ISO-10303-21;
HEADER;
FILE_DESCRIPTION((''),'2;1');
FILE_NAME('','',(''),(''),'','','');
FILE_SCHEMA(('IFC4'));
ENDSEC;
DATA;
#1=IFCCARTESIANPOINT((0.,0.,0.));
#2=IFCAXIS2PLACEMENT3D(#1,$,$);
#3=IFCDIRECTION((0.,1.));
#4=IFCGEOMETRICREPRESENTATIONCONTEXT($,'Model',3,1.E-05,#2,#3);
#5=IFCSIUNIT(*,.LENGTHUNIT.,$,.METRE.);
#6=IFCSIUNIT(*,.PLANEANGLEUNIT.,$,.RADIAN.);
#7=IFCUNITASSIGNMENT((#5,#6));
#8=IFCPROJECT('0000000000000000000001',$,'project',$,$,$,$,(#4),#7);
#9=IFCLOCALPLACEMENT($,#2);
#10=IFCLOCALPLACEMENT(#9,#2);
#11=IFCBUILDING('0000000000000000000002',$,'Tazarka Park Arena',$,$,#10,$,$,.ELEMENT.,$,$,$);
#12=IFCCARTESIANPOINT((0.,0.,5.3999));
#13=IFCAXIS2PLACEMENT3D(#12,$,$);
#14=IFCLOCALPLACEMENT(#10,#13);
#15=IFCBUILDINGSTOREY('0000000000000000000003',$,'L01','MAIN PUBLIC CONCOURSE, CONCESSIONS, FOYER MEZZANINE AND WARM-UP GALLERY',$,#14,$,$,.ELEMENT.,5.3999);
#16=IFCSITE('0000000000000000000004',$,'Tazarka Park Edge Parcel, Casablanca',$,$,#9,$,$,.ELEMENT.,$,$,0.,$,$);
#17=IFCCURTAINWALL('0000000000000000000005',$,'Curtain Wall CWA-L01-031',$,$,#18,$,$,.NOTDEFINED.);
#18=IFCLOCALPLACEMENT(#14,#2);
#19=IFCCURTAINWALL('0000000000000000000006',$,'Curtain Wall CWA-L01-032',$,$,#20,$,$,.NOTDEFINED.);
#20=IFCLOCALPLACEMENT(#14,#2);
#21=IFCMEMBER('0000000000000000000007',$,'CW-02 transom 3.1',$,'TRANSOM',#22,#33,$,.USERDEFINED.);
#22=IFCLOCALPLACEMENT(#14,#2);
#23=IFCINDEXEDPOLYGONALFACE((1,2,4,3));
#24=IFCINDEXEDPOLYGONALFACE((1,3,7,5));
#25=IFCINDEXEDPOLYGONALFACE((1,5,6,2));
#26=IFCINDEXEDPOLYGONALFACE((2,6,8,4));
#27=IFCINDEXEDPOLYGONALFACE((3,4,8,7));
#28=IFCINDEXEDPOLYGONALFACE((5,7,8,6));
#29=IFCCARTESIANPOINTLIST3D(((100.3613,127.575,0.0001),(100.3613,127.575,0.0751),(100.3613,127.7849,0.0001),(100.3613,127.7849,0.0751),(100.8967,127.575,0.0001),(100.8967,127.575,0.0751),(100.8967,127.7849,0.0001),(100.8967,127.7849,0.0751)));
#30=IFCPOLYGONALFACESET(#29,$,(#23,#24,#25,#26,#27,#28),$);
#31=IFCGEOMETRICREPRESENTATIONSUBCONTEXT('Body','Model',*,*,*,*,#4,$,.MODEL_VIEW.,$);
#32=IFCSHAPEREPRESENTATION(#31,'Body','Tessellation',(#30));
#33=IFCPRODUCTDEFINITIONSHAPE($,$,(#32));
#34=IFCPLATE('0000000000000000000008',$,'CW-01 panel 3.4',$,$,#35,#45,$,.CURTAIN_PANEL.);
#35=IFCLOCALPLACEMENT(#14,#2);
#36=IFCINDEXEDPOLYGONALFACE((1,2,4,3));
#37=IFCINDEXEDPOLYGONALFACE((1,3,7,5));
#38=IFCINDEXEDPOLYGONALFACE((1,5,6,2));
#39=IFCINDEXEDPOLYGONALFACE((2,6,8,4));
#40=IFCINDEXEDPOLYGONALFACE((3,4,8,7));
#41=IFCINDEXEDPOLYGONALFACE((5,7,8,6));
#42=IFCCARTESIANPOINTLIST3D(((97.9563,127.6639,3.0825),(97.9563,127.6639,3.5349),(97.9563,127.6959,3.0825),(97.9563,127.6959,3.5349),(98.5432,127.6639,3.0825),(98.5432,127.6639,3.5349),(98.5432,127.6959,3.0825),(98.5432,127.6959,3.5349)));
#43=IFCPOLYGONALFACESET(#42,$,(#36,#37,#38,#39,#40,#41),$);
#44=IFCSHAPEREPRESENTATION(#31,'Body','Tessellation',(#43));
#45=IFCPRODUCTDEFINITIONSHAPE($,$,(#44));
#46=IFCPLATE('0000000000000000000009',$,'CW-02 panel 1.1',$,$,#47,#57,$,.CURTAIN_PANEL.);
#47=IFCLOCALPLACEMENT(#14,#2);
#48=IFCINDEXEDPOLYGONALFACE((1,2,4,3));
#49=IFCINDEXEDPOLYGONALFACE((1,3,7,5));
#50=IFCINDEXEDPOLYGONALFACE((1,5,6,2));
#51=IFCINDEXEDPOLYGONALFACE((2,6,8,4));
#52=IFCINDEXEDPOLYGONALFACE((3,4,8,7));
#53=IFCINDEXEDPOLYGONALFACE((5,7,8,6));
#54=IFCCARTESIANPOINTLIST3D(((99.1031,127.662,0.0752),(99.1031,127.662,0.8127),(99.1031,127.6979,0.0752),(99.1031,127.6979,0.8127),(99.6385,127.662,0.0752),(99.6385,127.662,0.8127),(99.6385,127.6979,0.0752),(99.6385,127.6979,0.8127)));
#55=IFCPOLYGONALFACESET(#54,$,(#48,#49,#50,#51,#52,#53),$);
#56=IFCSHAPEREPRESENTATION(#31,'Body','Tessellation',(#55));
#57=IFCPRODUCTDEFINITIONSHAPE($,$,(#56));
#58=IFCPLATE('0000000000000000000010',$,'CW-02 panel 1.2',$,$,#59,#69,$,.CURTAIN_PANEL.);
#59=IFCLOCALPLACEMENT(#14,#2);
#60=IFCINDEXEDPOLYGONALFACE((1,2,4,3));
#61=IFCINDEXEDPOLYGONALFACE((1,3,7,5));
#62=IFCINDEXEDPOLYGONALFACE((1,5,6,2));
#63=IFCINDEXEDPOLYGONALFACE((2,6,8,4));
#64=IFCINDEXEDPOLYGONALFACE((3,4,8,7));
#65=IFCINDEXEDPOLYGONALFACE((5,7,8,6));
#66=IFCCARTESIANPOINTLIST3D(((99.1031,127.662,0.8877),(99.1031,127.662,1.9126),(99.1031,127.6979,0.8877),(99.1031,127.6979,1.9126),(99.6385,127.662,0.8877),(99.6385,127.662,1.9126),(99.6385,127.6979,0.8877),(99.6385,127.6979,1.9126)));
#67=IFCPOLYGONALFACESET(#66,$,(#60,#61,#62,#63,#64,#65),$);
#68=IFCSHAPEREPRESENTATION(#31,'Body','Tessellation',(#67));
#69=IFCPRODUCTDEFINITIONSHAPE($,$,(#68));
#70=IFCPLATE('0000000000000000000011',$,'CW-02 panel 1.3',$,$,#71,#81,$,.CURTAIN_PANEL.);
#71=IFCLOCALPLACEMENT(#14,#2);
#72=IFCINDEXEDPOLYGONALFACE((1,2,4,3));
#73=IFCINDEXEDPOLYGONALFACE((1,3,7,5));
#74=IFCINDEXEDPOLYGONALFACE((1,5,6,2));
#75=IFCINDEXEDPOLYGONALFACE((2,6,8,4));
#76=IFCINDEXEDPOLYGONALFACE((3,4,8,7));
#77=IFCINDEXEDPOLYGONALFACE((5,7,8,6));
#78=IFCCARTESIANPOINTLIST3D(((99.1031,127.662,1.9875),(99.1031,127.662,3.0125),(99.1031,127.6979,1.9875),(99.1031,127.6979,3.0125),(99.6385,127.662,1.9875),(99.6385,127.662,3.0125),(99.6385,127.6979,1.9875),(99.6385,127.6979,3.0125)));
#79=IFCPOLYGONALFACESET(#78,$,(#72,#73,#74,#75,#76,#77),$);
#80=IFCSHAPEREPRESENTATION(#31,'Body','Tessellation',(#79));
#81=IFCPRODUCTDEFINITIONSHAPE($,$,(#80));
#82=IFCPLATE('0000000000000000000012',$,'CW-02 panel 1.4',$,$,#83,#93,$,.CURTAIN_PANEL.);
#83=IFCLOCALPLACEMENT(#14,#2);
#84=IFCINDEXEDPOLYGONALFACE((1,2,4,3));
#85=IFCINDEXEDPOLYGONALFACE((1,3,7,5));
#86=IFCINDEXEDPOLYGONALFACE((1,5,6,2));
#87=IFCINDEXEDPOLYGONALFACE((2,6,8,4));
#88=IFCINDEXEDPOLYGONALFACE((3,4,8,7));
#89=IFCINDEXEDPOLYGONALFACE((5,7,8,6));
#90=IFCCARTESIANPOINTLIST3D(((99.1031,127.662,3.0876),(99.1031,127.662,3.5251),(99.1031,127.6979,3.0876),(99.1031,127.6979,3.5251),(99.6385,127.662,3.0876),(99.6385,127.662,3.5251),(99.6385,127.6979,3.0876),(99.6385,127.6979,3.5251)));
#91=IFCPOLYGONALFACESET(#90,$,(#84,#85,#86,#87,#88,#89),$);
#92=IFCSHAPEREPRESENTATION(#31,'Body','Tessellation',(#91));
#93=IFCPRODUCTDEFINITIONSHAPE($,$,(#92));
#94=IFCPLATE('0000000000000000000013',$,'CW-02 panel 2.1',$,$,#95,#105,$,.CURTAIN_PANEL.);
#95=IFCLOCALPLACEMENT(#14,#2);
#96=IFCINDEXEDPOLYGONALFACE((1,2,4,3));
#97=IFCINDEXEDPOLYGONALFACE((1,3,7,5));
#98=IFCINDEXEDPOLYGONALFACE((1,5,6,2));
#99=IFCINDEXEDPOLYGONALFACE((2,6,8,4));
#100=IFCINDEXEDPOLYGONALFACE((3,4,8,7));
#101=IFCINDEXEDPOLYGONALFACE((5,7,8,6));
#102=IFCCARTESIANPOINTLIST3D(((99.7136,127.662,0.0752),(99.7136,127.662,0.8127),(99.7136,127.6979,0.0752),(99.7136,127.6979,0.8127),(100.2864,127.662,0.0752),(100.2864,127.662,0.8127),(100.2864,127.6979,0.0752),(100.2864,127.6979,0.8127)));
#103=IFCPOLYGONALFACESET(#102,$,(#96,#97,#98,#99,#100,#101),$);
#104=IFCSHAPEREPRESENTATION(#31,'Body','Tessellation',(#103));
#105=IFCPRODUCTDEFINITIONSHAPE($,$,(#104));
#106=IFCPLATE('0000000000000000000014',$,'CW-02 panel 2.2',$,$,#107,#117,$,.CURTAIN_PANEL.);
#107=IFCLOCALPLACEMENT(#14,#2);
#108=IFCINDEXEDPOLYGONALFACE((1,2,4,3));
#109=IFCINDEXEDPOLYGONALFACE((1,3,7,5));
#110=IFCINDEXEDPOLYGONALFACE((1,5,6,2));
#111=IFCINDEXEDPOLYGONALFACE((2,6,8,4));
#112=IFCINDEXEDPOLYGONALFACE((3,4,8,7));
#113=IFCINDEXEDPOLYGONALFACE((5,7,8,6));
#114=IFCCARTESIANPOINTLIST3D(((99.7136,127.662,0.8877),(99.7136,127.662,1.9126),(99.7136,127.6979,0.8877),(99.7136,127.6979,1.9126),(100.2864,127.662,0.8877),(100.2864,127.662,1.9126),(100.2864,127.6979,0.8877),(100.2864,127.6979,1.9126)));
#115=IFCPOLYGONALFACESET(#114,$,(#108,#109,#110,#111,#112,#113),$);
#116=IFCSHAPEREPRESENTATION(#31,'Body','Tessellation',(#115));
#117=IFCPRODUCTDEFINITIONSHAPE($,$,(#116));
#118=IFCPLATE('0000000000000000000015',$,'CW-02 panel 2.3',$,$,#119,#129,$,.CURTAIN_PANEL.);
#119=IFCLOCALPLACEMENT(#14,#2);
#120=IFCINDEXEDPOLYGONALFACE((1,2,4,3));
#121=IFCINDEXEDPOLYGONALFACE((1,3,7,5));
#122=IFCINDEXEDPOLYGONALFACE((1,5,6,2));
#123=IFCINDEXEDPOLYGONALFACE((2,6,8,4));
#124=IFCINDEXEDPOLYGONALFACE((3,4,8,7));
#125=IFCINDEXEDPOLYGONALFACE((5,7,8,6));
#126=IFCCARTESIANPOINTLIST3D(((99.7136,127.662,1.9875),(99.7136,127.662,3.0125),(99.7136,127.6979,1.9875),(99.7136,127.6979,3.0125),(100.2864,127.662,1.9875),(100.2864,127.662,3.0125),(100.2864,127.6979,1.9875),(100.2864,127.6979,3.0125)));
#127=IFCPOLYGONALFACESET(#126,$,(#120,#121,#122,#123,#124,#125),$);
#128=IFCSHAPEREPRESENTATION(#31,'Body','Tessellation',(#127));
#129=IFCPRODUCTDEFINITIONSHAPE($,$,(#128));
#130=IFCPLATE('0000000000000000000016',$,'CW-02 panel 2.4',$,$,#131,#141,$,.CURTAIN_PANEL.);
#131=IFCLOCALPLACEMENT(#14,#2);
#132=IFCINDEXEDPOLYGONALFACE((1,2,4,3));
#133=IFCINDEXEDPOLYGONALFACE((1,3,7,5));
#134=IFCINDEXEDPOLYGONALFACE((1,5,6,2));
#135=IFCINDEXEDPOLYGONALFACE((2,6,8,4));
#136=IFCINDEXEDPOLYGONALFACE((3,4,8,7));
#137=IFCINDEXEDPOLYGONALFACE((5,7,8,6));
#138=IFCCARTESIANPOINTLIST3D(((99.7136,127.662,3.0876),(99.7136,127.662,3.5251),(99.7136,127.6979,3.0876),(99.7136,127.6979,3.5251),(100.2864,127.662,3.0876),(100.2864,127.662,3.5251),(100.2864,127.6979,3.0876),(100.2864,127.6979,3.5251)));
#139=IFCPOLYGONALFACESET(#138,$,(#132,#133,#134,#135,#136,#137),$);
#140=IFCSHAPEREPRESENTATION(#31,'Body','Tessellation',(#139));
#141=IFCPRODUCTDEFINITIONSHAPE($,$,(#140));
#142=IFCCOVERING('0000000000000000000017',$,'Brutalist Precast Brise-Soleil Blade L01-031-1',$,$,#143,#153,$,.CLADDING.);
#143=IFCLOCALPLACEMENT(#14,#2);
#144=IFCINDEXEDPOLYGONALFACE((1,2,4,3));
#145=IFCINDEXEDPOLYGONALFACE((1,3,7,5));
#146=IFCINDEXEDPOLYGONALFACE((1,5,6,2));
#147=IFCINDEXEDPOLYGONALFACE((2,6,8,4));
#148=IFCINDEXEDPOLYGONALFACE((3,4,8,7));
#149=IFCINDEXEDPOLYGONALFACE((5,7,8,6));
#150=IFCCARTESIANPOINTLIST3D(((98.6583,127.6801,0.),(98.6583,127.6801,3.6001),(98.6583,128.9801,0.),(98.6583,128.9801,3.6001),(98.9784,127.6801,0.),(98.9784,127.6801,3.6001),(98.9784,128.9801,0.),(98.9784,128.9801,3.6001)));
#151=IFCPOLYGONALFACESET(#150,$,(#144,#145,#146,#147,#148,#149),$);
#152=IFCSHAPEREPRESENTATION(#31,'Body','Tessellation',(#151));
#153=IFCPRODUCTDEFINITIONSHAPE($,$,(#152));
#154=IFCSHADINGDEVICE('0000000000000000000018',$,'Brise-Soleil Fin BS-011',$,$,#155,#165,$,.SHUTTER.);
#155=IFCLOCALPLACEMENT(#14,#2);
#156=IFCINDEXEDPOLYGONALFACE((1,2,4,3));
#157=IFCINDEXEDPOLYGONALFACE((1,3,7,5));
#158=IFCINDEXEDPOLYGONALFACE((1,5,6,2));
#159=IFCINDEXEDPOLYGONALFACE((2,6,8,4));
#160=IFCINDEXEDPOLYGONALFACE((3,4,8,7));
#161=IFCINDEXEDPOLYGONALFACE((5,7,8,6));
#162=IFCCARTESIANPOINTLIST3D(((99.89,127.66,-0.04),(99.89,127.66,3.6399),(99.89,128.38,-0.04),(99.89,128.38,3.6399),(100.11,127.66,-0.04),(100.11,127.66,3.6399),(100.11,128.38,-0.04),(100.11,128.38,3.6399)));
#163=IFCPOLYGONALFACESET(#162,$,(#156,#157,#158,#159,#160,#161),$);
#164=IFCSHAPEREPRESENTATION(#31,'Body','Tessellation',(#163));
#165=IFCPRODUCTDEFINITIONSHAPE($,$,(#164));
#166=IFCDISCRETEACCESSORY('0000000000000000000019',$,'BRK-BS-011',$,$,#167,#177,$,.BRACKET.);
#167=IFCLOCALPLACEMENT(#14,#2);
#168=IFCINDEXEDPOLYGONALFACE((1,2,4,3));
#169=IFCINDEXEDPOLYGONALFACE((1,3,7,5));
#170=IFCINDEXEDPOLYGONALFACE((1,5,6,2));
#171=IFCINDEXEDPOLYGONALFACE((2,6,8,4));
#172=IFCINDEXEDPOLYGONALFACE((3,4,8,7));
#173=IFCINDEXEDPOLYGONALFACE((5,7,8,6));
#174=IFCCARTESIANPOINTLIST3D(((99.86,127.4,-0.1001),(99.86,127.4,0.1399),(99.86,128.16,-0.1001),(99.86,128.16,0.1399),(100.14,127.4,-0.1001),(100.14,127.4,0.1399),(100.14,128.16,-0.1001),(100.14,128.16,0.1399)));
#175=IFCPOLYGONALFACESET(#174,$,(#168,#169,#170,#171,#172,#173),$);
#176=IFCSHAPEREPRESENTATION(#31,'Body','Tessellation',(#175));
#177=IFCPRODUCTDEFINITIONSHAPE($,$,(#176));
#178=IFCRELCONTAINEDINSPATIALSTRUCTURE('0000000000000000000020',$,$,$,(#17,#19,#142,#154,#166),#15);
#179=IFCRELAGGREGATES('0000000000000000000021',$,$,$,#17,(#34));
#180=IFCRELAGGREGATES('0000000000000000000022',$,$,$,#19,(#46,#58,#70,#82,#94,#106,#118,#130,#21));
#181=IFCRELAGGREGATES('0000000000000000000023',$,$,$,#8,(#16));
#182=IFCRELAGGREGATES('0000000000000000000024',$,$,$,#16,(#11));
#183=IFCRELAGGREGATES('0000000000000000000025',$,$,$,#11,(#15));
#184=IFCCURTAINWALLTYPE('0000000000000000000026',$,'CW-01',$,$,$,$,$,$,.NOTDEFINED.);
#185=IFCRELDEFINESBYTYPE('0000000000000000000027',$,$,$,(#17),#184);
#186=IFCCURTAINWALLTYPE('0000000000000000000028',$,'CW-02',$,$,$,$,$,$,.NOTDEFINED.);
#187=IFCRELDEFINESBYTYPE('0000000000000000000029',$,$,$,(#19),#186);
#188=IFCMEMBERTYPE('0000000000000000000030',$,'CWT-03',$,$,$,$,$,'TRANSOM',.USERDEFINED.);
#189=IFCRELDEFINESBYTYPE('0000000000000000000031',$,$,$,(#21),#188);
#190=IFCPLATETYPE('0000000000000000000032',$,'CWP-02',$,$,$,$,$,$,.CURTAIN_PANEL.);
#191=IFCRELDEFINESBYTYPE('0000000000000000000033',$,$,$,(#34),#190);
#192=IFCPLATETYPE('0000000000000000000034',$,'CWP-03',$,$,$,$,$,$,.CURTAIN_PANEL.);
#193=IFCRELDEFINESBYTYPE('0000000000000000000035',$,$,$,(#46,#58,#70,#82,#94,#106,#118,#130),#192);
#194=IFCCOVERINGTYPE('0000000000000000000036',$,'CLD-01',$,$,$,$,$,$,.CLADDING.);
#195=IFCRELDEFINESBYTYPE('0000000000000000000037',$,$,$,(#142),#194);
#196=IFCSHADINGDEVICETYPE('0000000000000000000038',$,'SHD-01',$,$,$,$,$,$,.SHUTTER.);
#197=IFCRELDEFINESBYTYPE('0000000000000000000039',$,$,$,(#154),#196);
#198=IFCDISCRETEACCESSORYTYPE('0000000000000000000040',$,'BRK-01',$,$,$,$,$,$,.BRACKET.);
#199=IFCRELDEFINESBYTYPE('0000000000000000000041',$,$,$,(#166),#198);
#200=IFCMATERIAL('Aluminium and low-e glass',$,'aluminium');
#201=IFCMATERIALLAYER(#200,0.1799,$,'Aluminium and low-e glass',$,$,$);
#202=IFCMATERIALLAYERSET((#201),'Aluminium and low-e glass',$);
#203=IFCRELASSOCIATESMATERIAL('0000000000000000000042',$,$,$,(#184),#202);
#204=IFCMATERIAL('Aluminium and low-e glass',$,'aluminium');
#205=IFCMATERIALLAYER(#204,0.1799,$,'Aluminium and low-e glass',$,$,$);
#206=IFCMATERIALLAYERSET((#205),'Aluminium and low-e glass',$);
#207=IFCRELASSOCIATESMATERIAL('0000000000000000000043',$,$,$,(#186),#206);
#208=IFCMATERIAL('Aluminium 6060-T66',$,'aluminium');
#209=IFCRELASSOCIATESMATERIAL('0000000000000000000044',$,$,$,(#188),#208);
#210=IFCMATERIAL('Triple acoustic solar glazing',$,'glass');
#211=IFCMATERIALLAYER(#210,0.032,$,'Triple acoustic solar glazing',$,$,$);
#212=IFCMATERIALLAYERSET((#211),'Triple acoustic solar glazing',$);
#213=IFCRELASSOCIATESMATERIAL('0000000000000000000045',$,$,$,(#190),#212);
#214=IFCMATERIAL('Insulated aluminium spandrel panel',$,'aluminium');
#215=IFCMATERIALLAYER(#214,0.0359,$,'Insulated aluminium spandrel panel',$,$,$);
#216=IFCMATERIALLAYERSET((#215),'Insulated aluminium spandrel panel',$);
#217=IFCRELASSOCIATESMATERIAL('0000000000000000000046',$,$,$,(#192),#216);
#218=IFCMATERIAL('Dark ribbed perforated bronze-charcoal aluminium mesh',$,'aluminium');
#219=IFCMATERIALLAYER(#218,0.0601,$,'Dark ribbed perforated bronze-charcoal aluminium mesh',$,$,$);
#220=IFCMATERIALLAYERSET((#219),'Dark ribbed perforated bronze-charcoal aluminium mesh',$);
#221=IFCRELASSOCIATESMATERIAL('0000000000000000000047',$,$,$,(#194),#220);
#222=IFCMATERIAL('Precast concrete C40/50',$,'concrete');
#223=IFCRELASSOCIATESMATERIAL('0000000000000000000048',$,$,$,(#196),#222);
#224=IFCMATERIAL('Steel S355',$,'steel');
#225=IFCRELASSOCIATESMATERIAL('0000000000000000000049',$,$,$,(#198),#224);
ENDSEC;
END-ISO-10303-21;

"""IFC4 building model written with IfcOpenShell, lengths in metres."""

from ifc_helpers import new_model, si_unit, direction, frame, origin, origin_2d, place, context, subcontext, project, spatial, rectangle, extrude, material, layer, layer_set, material_profile, profile_set, type_object, element, aggregate, save


model = new_model("IFC4")

# Units and contexts
model_context = context("Model", 3, precision=1e-05, world=origin(), true_north=direction((0.0, 1.0)))
body_context = subcontext(model_context, "Body", "Model", "MODEL_VIEW")
ifc_project = project(units=[si_unit("LENGTHUNIT", "METRE"), si_unit("PLANEANGLEUNIT", "RADIAN")], contexts=[model_context])

# Site, building, storey
site_placement = place(None, origin())
site = spatial("IfcSite", under=ifc_project, at=site_placement, Name="Tazarka Park Edge Parcel, Casablanca", CompositionType="ELEMENT", RefElevation=0.0)
building_placement = place(site_placement, origin())
building = spatial("IfcBuilding", under=site, at=building_placement, Name="Tazarka Park Arena", CompositionType="ELEMENT")
storey_placement = place(building_placement, frame((0.0, 0.0, 5.3999)))
storey = spatial("IfcBuildingStorey", under=building, at=storey_placement, Name="L01", Description="MAIN PUBLIC CONCOURSE, CONCESSIONS, FOYER MEZZANINE AND WARM-UP GALLERY", CompositionType="ELEMENT", Elevation=5.3999)

# Curtain wall
ifc_material_1 = material(Name="Aluminium and low-e glass", Category="aluminium")
ifc_layer_1 = layer(ifc_material_1, 0.1799, Name="Aluminium and low-e glass")
ifc_layer_set_1 = layer_set([ifc_layer_1], Name="Aluminium and low-e glass")
curtain_wall_type_1 = type_object("IfcCurtainWallType", Name="CW-01", PredefinedType="NOTDEFINED", material=ifc_layer_set_1)
curtain_wall_1_placement = place(storey_placement, origin())
curtain_wall_1 = element("IfcCurtainWall", 1, at=curtain_wall_1_placement, inside=storey, type_object=curtain_wall_type_1, Name="Curtain Wall CWA-L01-031", PredefinedType="NOTDEFINED")

# Curtain wall, member
ifc_material_2 = material(Name="Aluminium and low-e glass", Category="aluminium")
ifc_layer_2 = layer(ifc_material_2, 0.1799, Name="Aluminium and low-e glass")
ifc_layer_set_2 = layer_set([ifc_layer_2], Name="Aluminium and low-e glass")
curtain_wall_type_2 = type_object("IfcCurtainWallType", Name="CW-02", PredefinedType="NOTDEFINED", material=ifc_layer_set_2)
curtain_wall_2_placement = place(storey_placement, origin())
curtain_wall_2 = element("IfcCurtainWall", 2, at=curtain_wall_2_placement, inside=storey, type_object=curtain_wall_type_2, Name="Curtain Wall CWA-L01-032", PredefinedType="NOTDEFINED")
ifc_material_3 = material(Name="Aluminium 6060-T66", Category="aluminium")
ifc_material_profile_1 = material_profile(ifc_material_3, rectangle(XDim=0.21, YDim=0.075, at=origin_2d()), Name="Aluminium 6060-T66")
ifc_profile_set_1 = profile_set([ifc_material_profile_1], Name="Aluminium 6060-T66")
member_type_1 = type_object("IfcMemberType", Name="CWT-03", ElementType="TRANSOM", PredefinedType="USERDEFINED", material=ifc_profile_set_1)
member_1_placement = place(storey_placement, frame((100.3613, 127.6799, 0.0376), z_axis=(1.0, 0.0, 0.0), x_axis=(0.0, 1.0, 0.0)))
member_1 = element("IfcMember", 3, at=member_1_placement, type_object=member_type_1, Name="CW-02 transom 3.1", ObjectType="TRANSOM", PredefinedType="USERDEFINED", context=body_context, shape_type="SweptSolid", body=[
    extrude(rectangle(XDim=0.21, YDim=0.075, at=origin_2d()), origin(), (0.0, 0.0, 1.0), 0.5354),
])

# Plates
ifc_material_4 = material(Name="Triple acoustic solar glazing", Category="glass")
ifc_layer_3 = layer(ifc_material_4, 0.032, Name="Triple acoustic solar glazing")
ifc_layer_set_3 = layer_set([ifc_layer_3], Name="Triple acoustic solar glazing")
plate_type_1 = type_object("IfcPlateType", Name="CWP-02", PredefinedType="CURTAIN_PANEL", material=ifc_layer_set_3)
plate_1_placement = place(storey_placement, frame((98.2498, 127.6799, 3.0825), z_axis=(0.0, 0.0, 1.0), x_axis=(1.0, 0.0, 0.0)))
plate_1 = element("IfcPlate", 4, at=plate_1_placement, type_object=plate_type_1, Name="CW-01 panel 3.4", PredefinedType="CURTAIN_PANEL", context=body_context, shape_type="SweptSolid", body=[
    extrude(rectangle(XDim=0.5869, YDim=0.032, at=origin_2d()), origin(), (0.0, 0.0, 1.0), 0.4524),
])
aggregate(curtain_wall_1, [plate_1])
ifc_material_5 = material(Name="Insulated aluminium spandrel panel", Category="aluminium")
ifc_layer_4 = layer(ifc_material_5, 0.0359, Name="Insulated aluminium spandrel panel")
ifc_layer_set_4 = layer_set([ifc_layer_4], Name="Insulated aluminium spandrel panel")
plate_type_2 = type_object("IfcPlateType", Name="CWP-03", PredefinedType="CURTAIN_PANEL", material=ifc_layer_set_4)
plate_2_placement = place(storey_placement, frame((99.3708, 127.6799, 0.0752), z_axis=(0.0, 0.0, 1.0), x_axis=(1.0, 0.0, 0.0)))
plate_2 = element("IfcPlate", 5, at=plate_2_placement, type_object=plate_type_2, Name="CW-02 panel 1.1", PredefinedType="CURTAIN_PANEL", context=body_context, shape_type="SweptSolid", body=[
    extrude(rectangle(XDim=0.5354, YDim=0.0359, at=origin_2d()), origin(), (0.0, 0.0, 1.0), 0.7375),
])
plate_3_placement = place(storey_placement, frame((99.3708, 127.6799, 0.8877), z_axis=(0.0, 0.0, 1.0), x_axis=(1.0, 0.0, 0.0)))
plate_3 = element("IfcPlate", 6, at=plate_3_placement, type_object=plate_type_2, Name="CW-02 panel 1.2", PredefinedType="CURTAIN_PANEL", context=body_context, shape_type="SweptSolid", body=[
    extrude(rectangle(XDim=0.5354, YDim=0.0359, at=origin_2d()), origin(), (0.0, 0.0, 1.0), 1.0249),
])
plate_4_placement = place(storey_placement, frame((99.3708, 127.6799, 1.9875), z_axis=(0.0, 0.0, 1.0), x_axis=(1.0, 0.0, 0.0)))
plate_4 = element("IfcPlate", 7, at=plate_4_placement, type_object=plate_type_2, Name="CW-02 panel 1.3", PredefinedType="CURTAIN_PANEL", context=body_context, shape_type="SweptSolid", body=[
    extrude(rectangle(XDim=0.5354, YDim=0.0359, at=origin_2d()), origin(), (0.0, 0.0, 1.0), 1.0249),
])
plate_5_placement = place(storey_placement, frame((99.3708, 127.6799, 3.0876), z_axis=(0.0, 0.0, 1.0), x_axis=(1.0, 0.0, 0.0)))
plate_5 = element("IfcPlate", 8, at=plate_5_placement, type_object=plate_type_2, Name="CW-02 panel 1.4", PredefinedType="CURTAIN_PANEL", context=body_context, shape_type="SweptSolid", body=[
    extrude(rectangle(XDim=0.5354, YDim=0.0359, at=origin_2d()), origin(), (0.0, 0.0, 1.0), 0.4375),
])
plate_6_placement = place(storey_placement, frame((100.0, 127.6799, 0.0752), z_axis=(0.0, 0.0, 1.0), x_axis=(1.0, 0.0, 0.0)))
plate_6 = element("IfcPlate", 9, at=plate_6_placement, type_object=plate_type_2, Name="CW-02 panel 2.1", PredefinedType="CURTAIN_PANEL", context=body_context, shape_type="SweptSolid", body=[
    extrude(rectangle(XDim=0.5728, YDim=0.0359, at=origin_2d()), origin(), (0.0, 0.0, 1.0), 0.7375),
])
plate_7_placement = place(storey_placement, frame((100.0, 127.6799, 0.8877), z_axis=(0.0, 0.0, 1.0), x_axis=(1.0, 0.0, 0.0)))
plate_7 = element("IfcPlate", 10, at=plate_7_placement, type_object=plate_type_2, Name="CW-02 panel 2.2", PredefinedType="CURTAIN_PANEL", context=body_context, shape_type="SweptSolid", body=[
    extrude(rectangle(XDim=0.5728, YDim=0.0359, at=origin_2d()), origin(), (0.0, 0.0, 1.0), 1.0249),
])
plate_8_placement = place(storey_placement, frame((100.0, 127.6799, 1.9875), z_axis=(0.0, 0.0, 1.0), x_axis=(1.0, 0.0, 0.0)))
plate_8 = element("IfcPlate", 11, at=plate_8_placement, type_object=plate_type_2, Name="CW-02 panel 2.3", PredefinedType="CURTAIN_PANEL", context=body_context, shape_type="SweptSolid", body=[
    extrude(rectangle(XDim=0.5728, YDim=0.0359, at=origin_2d()), origin(), (0.0, 0.0, 1.0), 1.0249),
])
plate_9_placement = place(storey_placement, frame((100.0, 127.6799, 3.0876), z_axis=(0.0, 0.0, 1.0), x_axis=(1.0, 0.0, 0.0)))
plate_9 = element("IfcPlate", 12, at=plate_9_placement, type_object=plate_type_2, Name="CW-02 panel 2.4", PredefinedType="CURTAIN_PANEL", context=body_context, shape_type="SweptSolid", body=[
    extrude(rectangle(XDim=0.5728, YDim=0.0359, at=origin_2d()), origin(), (0.0, 0.0, 1.0), 0.4375),
])
aggregate(curtain_wall_2, [plate_2, plate_3, plate_4, plate_5, plate_6, plate_7, plate_8, plate_9, member_1])

# Covering
ifc_material_6 = material(Name="Dark ribbed perforated bronze-charcoal aluminium mesh", Category="aluminium")
ifc_layer_5 = layer(ifc_material_6, 0.0601, Name="Dark ribbed perforated bronze-charcoal aluminium mesh")
ifc_layer_set_5 = layer_set([ifc_layer_5], Name="Dark ribbed perforated bronze-charcoal aluminium mesh")
covering_type = type_object("IfcCoveringType", Name="CLD-01", PredefinedType="CLADDING", material=ifc_layer_set_5)
covering_placement = place(storey_placement, frame((98.8184, 128.3301, 0.0), z_axis=(0.0, 0.0, 1.0), x_axis=(1.0, 0.0, 0.0)))
element("IfcCovering", 13, at=covering_placement, inside=storey, type_object=covering_type, Name="Brutalist Precast Brise-Soleil Blade L01-031-1", PredefinedType="CLADDING", context=body_context, shape_type="SweptSolid", body=[
    extrude(rectangle(XDim=0.3201, YDim=1.3, at=origin_2d()), origin(), (0.0, 0.0, 1.0), 3.6001),
])

# Shading device
ifc_material_7 = material(Name="Precast concrete C40/50", Category="concrete")
shading_device_type = type_object("IfcShadingDeviceType", Name="SHD-01", PredefinedType="SHUTTER", material=ifc_material_7)
shading_device_placement = place(storey_placement, frame((100.0, 128.02, -0.04), z_axis=(0.0, 0.0, 1.0), x_axis=(1.0, 0.0, 0.0)))
element("IfcShadingDevice", 14, at=shading_device_placement, inside=storey, type_object=shading_device_type, Name="Brise-Soleil Fin BS-011", PredefinedType="SHUTTER", context=body_context, shape_type="SweptSolid", body=[
    extrude(rectangle(XDim=0.22, YDim=0.72, at=origin_2d()), origin(), (0.0, 0.0, 1.0), 3.6799),
])

# Discrete accessory
ifc_material_8 = material(Name="Steel S355", Category="steel")
discrete_accessory_type = type_object("IfcDiscreteAccessoryType", Name="BRK-01", PredefinedType="BRACKET", material=ifc_material_8)
discrete_accessory_placement = place(storey_placement, frame((100.0, 127.78, -0.1001), z_axis=(0.0, 0.0, 1.0), x_axis=(1.0, 0.0, 0.0)))
element("IfcDiscreteAccessory", 15, at=discrete_accessory_placement, inside=storey, type_object=discrete_accessory_type, Name="BRK-BS-011", PredefinedType="BRACKET", context=body_context, shape_type="SweptSolid", body=[
    extrude(rectangle(XDim=0.28, YDim=0.76, at=origin_2d()), origin(), (0.0, 0.0, 1.0), 0.24),
])

save(model, "model.ifc")
